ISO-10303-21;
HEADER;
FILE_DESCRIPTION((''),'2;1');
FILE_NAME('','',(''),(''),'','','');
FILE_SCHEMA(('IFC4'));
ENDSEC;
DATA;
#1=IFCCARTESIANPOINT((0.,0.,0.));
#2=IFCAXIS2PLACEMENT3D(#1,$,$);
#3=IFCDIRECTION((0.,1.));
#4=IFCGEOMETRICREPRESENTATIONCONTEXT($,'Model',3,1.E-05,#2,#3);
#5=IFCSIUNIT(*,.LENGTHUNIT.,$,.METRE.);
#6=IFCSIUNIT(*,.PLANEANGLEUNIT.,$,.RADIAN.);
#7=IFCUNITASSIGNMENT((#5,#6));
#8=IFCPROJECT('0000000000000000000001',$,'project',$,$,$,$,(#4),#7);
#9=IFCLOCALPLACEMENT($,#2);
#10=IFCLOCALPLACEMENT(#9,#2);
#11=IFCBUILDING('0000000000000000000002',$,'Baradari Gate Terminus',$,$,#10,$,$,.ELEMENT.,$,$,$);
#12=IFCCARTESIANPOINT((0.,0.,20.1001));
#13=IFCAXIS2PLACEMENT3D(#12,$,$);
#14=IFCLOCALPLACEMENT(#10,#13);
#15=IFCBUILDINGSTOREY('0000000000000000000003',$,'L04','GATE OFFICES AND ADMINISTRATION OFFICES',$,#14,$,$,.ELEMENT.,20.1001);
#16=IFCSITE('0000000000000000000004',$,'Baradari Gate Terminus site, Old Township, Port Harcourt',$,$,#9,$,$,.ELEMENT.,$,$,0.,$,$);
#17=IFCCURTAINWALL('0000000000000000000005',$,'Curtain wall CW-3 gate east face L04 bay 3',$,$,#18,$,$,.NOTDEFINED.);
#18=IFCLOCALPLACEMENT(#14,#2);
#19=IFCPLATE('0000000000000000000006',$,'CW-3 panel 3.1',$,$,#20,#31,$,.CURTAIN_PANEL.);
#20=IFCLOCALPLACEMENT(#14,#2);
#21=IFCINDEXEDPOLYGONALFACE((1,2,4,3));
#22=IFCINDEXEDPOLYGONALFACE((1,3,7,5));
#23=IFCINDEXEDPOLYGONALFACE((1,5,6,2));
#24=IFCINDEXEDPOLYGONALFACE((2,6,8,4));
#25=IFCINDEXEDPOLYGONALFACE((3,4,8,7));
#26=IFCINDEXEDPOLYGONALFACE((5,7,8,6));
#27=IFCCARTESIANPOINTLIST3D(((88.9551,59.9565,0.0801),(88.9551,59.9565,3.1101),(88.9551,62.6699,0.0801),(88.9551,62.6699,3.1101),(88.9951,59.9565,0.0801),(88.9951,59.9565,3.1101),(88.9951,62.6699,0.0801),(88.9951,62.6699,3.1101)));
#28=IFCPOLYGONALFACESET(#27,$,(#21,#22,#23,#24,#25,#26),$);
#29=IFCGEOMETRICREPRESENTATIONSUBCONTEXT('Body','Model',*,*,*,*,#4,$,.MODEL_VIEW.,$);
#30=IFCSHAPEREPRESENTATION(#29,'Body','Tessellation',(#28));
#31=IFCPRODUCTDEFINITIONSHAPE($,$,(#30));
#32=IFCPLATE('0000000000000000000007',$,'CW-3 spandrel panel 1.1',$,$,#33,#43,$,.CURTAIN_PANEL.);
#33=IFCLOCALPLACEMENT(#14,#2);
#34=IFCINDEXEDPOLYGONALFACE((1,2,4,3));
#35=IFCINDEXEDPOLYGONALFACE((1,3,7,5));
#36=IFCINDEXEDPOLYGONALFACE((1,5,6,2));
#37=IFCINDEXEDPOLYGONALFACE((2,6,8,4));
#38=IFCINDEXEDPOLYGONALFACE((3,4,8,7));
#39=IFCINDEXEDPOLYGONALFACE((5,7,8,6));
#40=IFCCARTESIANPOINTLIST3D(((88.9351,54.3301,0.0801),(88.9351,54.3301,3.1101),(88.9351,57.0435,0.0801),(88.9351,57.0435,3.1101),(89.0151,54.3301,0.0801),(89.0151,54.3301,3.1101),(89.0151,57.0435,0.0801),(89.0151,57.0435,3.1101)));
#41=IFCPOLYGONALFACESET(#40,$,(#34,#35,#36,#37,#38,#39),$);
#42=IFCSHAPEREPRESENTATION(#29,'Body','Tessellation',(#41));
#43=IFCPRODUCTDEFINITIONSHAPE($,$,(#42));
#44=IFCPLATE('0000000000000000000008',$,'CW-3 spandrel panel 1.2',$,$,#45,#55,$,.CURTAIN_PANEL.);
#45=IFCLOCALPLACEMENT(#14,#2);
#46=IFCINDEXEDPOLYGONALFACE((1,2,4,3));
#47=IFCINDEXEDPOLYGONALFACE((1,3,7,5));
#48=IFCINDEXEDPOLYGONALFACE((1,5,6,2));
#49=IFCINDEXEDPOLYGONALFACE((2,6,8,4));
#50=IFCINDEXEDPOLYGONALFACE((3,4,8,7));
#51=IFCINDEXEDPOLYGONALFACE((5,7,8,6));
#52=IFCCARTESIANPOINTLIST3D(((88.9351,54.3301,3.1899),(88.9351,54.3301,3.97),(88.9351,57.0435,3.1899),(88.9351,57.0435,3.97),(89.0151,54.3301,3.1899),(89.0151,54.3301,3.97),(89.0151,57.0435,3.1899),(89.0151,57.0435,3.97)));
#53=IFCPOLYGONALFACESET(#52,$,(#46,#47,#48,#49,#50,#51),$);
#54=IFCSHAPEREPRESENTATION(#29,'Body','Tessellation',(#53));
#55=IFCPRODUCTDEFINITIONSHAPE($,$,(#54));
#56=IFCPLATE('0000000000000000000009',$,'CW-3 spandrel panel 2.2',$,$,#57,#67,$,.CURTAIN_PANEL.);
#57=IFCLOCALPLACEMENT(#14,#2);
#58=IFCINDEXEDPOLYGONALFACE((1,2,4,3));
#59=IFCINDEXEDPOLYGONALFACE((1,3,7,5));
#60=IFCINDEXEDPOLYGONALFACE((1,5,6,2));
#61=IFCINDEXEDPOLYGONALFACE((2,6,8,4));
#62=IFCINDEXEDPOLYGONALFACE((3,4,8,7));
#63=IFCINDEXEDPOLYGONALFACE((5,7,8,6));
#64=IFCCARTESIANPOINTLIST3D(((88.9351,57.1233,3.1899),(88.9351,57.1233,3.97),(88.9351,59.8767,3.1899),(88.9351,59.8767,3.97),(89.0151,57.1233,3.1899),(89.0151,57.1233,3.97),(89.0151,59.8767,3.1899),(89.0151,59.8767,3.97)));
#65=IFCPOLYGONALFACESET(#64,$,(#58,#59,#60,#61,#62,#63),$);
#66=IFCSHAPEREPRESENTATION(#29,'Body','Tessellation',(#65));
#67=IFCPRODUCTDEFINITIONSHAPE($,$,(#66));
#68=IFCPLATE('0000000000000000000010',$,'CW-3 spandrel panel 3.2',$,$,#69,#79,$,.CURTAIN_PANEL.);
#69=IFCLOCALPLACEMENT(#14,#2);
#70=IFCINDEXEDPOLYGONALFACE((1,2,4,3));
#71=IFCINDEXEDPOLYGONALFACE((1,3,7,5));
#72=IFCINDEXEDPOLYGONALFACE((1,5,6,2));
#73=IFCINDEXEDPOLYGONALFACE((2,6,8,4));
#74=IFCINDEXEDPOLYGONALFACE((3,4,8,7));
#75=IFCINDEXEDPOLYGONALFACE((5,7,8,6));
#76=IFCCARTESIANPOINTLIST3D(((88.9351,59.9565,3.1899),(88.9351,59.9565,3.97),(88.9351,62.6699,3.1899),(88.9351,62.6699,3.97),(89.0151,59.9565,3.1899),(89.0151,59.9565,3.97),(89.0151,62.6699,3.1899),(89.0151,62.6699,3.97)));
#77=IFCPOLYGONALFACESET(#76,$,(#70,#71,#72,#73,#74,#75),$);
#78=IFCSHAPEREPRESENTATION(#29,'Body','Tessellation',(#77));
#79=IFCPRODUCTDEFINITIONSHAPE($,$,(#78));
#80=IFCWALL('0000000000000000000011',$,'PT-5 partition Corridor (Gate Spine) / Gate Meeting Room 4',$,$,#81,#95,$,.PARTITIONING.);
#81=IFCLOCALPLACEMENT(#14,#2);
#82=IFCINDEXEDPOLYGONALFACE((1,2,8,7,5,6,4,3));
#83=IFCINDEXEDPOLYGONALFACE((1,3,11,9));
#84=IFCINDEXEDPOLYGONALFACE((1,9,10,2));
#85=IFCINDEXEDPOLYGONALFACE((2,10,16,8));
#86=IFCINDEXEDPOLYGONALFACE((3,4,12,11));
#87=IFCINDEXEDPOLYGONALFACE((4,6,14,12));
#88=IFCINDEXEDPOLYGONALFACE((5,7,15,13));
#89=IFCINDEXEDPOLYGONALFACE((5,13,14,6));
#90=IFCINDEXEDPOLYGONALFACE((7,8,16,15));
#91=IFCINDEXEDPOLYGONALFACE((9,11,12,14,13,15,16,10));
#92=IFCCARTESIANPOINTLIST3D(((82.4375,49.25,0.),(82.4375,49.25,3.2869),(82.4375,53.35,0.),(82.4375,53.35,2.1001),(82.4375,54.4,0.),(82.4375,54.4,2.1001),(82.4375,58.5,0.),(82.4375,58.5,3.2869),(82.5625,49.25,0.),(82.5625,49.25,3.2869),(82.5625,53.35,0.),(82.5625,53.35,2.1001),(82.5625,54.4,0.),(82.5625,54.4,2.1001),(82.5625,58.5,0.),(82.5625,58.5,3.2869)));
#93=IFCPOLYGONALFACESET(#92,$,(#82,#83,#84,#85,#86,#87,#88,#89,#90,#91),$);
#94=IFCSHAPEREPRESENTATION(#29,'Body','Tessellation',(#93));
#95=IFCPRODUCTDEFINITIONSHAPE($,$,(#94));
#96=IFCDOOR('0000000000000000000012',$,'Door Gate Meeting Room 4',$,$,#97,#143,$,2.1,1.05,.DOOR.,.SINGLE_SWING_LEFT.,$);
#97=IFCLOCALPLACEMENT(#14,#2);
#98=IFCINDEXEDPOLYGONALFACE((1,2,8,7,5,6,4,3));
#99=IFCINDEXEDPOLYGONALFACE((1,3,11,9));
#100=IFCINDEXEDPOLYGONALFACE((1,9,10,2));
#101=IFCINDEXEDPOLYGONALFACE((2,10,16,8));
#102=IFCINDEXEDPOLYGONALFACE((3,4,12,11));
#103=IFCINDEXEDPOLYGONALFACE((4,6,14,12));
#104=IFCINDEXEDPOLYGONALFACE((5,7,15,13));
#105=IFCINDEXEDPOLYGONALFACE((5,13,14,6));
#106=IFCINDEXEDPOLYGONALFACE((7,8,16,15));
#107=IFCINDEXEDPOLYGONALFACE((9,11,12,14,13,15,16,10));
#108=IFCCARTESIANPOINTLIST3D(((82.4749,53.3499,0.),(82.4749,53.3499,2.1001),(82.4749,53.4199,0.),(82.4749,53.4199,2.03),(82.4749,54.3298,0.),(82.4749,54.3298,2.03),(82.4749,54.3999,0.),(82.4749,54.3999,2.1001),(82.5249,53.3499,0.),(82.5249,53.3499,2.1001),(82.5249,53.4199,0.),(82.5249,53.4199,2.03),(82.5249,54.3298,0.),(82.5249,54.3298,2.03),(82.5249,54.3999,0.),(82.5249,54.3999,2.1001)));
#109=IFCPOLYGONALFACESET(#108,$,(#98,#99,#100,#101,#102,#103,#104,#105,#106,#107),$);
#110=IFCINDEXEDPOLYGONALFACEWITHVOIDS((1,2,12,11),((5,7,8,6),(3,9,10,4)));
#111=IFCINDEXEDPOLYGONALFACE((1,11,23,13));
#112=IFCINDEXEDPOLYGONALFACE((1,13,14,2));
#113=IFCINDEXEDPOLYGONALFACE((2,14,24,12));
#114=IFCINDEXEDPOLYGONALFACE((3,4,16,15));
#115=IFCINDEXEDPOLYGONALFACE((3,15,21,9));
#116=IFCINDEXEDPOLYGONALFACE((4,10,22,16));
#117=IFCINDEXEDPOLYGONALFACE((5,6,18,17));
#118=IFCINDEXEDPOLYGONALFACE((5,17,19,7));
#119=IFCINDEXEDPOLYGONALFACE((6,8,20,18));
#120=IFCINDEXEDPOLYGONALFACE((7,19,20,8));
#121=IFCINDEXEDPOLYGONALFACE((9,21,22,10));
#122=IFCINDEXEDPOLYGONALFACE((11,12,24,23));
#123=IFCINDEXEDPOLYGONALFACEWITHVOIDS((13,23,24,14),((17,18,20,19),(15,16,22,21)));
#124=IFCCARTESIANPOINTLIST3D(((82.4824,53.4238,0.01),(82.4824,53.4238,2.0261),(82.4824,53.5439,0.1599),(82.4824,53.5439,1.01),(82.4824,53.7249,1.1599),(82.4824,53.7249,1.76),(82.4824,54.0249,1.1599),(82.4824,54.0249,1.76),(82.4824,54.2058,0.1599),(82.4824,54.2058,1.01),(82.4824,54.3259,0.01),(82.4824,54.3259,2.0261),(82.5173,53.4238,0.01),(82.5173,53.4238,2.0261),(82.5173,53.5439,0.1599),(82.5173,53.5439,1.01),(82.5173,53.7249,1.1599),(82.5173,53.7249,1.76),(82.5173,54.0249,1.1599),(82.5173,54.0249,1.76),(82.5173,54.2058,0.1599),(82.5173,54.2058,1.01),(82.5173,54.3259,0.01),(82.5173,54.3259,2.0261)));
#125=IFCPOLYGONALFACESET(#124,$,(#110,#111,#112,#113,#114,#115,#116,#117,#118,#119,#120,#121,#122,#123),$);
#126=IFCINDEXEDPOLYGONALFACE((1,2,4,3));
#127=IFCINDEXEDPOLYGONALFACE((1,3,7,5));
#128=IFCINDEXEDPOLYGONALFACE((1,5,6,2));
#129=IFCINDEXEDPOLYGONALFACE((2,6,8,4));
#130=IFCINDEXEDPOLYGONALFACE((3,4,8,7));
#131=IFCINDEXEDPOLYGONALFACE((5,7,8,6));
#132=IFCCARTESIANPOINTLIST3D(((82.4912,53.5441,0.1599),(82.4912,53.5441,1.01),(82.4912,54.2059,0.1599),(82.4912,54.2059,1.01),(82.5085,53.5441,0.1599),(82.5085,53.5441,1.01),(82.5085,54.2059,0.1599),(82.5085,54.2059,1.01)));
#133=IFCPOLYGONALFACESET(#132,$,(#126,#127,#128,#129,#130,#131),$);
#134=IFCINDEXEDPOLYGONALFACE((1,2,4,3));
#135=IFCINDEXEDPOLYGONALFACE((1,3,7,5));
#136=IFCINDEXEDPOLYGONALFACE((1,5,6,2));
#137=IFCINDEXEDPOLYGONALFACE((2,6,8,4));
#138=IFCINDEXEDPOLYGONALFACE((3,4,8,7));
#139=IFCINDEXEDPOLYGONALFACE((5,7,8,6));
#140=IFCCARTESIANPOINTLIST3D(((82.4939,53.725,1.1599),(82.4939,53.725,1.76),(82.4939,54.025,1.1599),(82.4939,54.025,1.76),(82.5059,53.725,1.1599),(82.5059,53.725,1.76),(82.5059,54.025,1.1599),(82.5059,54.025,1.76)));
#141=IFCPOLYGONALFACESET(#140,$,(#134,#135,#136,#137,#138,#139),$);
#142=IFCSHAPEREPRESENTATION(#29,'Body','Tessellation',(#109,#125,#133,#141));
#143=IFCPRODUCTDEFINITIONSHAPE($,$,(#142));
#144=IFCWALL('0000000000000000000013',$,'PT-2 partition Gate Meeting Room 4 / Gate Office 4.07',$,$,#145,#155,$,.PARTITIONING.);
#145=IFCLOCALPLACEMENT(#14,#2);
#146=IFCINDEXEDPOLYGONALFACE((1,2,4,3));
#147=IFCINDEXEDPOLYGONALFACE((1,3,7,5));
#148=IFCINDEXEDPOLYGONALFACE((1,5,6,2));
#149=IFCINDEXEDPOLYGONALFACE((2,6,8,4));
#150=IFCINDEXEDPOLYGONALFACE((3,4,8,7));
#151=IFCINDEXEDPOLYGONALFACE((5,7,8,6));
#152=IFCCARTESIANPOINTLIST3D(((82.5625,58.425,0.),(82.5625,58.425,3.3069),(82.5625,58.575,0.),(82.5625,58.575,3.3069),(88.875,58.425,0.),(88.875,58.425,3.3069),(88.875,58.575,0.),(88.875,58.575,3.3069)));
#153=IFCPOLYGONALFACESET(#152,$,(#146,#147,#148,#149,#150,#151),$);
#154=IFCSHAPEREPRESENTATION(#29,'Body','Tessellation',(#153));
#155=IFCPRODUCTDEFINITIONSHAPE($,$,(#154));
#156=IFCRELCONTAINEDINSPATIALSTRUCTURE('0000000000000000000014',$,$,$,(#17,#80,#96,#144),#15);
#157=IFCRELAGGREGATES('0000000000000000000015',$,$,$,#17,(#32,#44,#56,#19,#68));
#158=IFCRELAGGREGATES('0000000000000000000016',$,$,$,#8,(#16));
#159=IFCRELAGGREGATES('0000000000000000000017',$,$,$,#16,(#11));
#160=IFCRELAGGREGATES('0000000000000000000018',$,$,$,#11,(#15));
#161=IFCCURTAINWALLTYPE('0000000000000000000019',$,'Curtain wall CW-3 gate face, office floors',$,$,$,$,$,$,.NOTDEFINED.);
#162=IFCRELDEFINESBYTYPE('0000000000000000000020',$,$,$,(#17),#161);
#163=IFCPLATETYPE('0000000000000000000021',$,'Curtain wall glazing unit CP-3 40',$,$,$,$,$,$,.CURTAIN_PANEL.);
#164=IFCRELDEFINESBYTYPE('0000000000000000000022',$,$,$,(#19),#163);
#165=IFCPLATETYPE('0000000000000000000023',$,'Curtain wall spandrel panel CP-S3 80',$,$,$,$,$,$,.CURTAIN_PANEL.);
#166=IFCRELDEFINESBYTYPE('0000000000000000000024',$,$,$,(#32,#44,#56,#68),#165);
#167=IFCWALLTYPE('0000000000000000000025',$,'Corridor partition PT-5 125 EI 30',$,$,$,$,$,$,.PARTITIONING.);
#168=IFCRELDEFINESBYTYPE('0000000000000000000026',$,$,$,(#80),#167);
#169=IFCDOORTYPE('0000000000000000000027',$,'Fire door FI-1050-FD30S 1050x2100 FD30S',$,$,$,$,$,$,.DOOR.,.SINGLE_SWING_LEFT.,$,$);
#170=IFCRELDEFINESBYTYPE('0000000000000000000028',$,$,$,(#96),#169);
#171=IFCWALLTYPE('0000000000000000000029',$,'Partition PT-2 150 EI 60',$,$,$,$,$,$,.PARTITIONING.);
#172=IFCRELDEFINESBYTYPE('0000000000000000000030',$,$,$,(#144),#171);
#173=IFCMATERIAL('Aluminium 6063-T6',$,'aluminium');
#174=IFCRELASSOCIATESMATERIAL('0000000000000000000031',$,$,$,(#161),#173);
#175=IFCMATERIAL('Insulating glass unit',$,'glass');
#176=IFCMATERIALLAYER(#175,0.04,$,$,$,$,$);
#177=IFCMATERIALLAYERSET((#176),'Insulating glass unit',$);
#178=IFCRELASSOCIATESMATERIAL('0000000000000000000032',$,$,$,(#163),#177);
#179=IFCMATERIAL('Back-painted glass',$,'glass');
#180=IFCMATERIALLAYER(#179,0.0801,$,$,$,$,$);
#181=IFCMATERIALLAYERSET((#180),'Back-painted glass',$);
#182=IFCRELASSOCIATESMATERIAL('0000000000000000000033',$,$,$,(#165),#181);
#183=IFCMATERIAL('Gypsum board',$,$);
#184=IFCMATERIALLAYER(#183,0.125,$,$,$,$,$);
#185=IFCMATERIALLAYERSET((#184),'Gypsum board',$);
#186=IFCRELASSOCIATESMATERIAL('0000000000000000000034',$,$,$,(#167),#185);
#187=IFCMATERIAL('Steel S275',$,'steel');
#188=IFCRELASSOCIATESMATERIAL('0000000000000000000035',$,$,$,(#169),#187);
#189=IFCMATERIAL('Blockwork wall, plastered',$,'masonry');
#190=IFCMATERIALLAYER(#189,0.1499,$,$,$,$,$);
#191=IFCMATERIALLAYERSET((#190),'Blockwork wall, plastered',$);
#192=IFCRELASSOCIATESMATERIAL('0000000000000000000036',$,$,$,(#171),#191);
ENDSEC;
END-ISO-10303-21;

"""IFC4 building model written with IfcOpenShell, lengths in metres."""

from ifc_helpers import new_model, si_unit, direction, frame, frame_2d, origin, origin_2d, place, context, subcontext, project, spatial, polyline, rectangle, outline, extrude, material, layer, layer_set, type_object, element, fill, aggregate, save


model = new_model("IFC4")

# Units and contexts
model_context = context("Model", 3, precision=1e-05, world=origin(), true_north=direction((0.0, 1.0)))
body_context = subcontext(model_context, "Body", "Model", "MODEL_VIEW")
ifc_project = project(units=[si_unit("LENGTHUNIT", "METRE"), si_unit("PLANEANGLEUNIT", "RADIAN")], contexts=[model_context])

# Site, building, storey
site_placement = place(None, origin())
site = spatial("IfcSite", under=ifc_project, at=site_placement, Name="Baradari Gate Terminus site, Old Township, Port Harcourt", CompositionType="ELEMENT", RefElevation=0.0)
building_placement = place(site_placement, origin())
building = spatial("IfcBuilding", under=site, at=building_placement, Name="Baradari Gate Terminus", CompositionType="ELEMENT")
storey_placement = place(building_placement, frame((0.0, 0.0, 20.1001)))
storey = spatial("IfcBuildingStorey", under=building, at=storey_placement, Name="L04", Description="GATE OFFICES AND ADMINISTRATION OFFICES", CompositionType="ELEMENT", Elevation=20.1001)

# Curtain wall, plates
ifc_material_1 = material(Name="Aluminium 6063-T6", Category="aluminium")
curtain_wall_type = type_object("IfcCurtainWallType", Name="Curtain wall CW-3 gate face, office floors", PredefinedType="NOTDEFINED", material=ifc_material_1)
curtain_wall_placement = place(storey_placement, origin())
curtain_wall = element("IfcCurtainWall", 1, at=curtain_wall_placement, inside=storey, type_object=curtain_wall_type, Name="Curtain wall CW-3 gate east face L04 bay 3", PredefinedType="NOTDEFINED")
ifc_material_2 = material(Name="Insulating glass unit", Category="glass")
ifc_layer_1 = layer(ifc_material_2, 0.04)
ifc_layer_set_1 = layer_set([ifc_layer_1], Name="Insulating glass unit")
plate_type_1 = type_object("IfcPlateType", Name="Curtain wall glazing unit CP-3 40", PredefinedType="CURTAIN_PANEL", material=ifc_layer_set_1)
plate_1_placement = place(storey_placement, frame((88.9751, 61.3132, 0.0801), z_axis=(0.0, 0.0, 1.0), x_axis=(0.0, 1.0, 0.0)))
plate_1 = element("IfcPlate", 2, at=plate_1_placement, type_object=plate_type_1, Name="CW-3 panel 3.1", PredefinedType="CURTAIN_PANEL", context=body_context, shape_type="SweptSolid", body=[
    extrude(rectangle(XDim=2.7134, YDim=0.04, at=origin_2d()), origin(), (0.0, 0.0, 1.0), 3.03),
])
ifc_material_3 = material(Name="Back-painted glass", Category="glass")
ifc_layer_2 = layer(ifc_material_3, 0.0801)
ifc_layer_set_2 = layer_set([ifc_layer_2], Name="Back-painted glass")
plate_type_2 = type_object("IfcPlateType", Name="Curtain wall spandrel panel CP-S3 80", PredefinedType="CURTAIN_PANEL", material=ifc_layer_set_2)
plate_2_placement = place(storey_placement, frame((88.9751, 55.6868, 0.0801), z_axis=(0.0, 0.0, 1.0), x_axis=(0.0, 1.0, 0.0)))
plate_2 = element("IfcPlate", 3, at=plate_2_placement, type_object=plate_type_2, Name="CW-3 spandrel panel 1.1", PredefinedType="CURTAIN_PANEL", context=body_context, shape_type="SweptSolid", body=[
    extrude(rectangle(XDim=2.7134, YDim=0.0801, at=origin_2d()), origin(), (0.0, 0.0, 1.0), 3.03),
])
plate_3_placement = place(storey_placement, frame((88.9751, 55.6868, 3.1899), z_axis=(0.0, 0.0, 1.0), x_axis=(0.0, 1.0, 0.0)))
plate_3 = element("IfcPlate", 4, at=plate_3_placement, type_object=plate_type_2, Name="CW-3 spandrel panel 1.2", PredefinedType="CURTAIN_PANEL", context=body_context, shape_type="SweptSolid", body=[
    extrude(rectangle(XDim=2.7134, YDim=0.0801, at=origin_2d()), origin(), (0.0, 0.0, 1.0), 0.78),
])
plate_4_placement = place(storey_placement, frame((88.9751, 58.5, 3.1899), z_axis=(0.0, 0.0, 1.0), x_axis=(0.0, 1.0, 0.0)))
plate_4 = element("IfcPlate", 5, at=plate_4_placement, type_object=plate_type_2, Name="CW-3 spandrel panel 2.2", PredefinedType="CURTAIN_PANEL", context=body_context, shape_type="SweptSolid", body=[
    extrude(rectangle(XDim=2.7534, YDim=0.0801, at=origin_2d()), origin(), (0.0, 0.0, 1.0), 0.78),
])
plate_5_placement = place(storey_placement, frame((88.9751, 61.3132, 3.1899), z_axis=(0.0, 0.0, 1.0), x_axis=(0.0, 1.0, 0.0)))
plate_5 = element("IfcPlate", 6, at=plate_5_placement, type_object=plate_type_2, Name="CW-3 spandrel panel 3.2", PredefinedType="CURTAIN_PANEL", context=body_context, shape_type="SweptSolid", body=[
    extrude(rectangle(XDim=2.7134, YDim=0.0801, at=origin_2d()), origin(), (0.0, 0.0, 1.0), 0.78),
])
aggregate(curtain_wall, [plate_2, plate_3, plate_4, plate_1, plate_5])

# Wall, opening, door
ifc_material_4 = material(Name="Gypsum board")
ifc_layer_3 = layer(ifc_material_4, 0.125)
ifc_layer_set_3 = layer_set([ifc_layer_3], Name="Gypsum board")
wall_type_1 = type_object("IfcWallType", Name="Corridor partition PT-5 125 EI 30", PredefinedType="PARTITIONING", material=ifc_layer_set_3)
wall_1_placement = place(storey_placement, frame((82.5, 58.5, 0.0), z_axis=(0.0, 0.0, 1.0), x_axis=(0.0, -1.0, 0.0)))
wall_1 = element("IfcWall", 7, at=wall_1_placement, inside=storey, type_object=wall_type_1, Name="PT-5 partition Corridor (Gate Spine) / Gate Meeting Room 4", PredefinedType="PARTITIONING", context=body_context, shape_type="SweptSolid", body=[
    extrude(rectangle(XDim=9.25, YDim=0.125, at=frame_2d((4.625, 0.0))), origin(), (0.0, 0.0, 1.0), 3.2869),
])
opening_placement = place(wall_1_placement, frame((4.1001, 0.0, 0.0)))
opening = element("IfcOpeningElement", 8, at=opening_placement, cuts=wall_1, PredefinedType="OPENING", context=body_context, shape_type="SweptSolid", body=[
    extrude(rectangle(XDim=1.05, YDim=2.1001, at=frame_2d((0.5249, 1.05))), frame((0.0, 0.0725, 0.0), z_axis=(0.0, -1.0, 0.0), x_axis=(1.0, 0.0, 0.0)), (0.0, 0.0, 1.0), 0.145),
])
ifc_material_5 = material(Name="Steel S275", Category="steel")
door_type = type_object("IfcDoorType", Name="Fire door FI-1050-FD30S 1050x2100 FD30S", OperationType="SINGLE_SWING_LEFT", PredefinedType="DOOR", material=ifc_material_5)
door_placement = place(opening_placement, origin())
door = element("IfcDoor", 9, at=door_placement, inside=storey, type_object=door_type, Name="Door Gate Meeting Room 4", OperationType="SINGLE_SWING_LEFT", OverallHeight=2.1, OverallWidth=1.05, PredefinedType="DOOR", context=body_context, shape_type="SweptSolid", body=[
    extrude(outline(polyline([(0.0, 0.0), (0.0701, 0.0), (0.0701, 2.03), (0.98, 2.03), (0.98, 0.0), (1.05, 0.0), (1.05, 2.1001), (0.0, 2.1001), (0.0, 0.0)])), frame((0.0, 0.0249, 0.0), z_axis=(0.0, -1.0, 0.0), x_axis=(1.0, 0.0, 0.0)), (0.0, 0.0, 1.0), 0.05),
    extrude(outline(polyline([(0.074, 0.01), (0.9761, 0.01), (0.9761, 2.0261), (0.074, 2.0261), (0.074, 0.01)]), holes=[polyline([(0.1941, 0.1599), (0.856, 0.1599), (0.856, 1.01), (0.1941, 1.01), (0.1941, 0.1599)]), polyline([(0.375, 1.1599), (0.675, 1.1599), (0.675, 1.76), (0.375, 1.76), (0.375, 1.1599)])]), frame((0.0, 0.0173, 0.0), z_axis=(0.0, -1.0, 0.0), x_axis=(1.0, 0.0, 0.0)), (0.0, 0.0, 1.0), 0.0349),
    extrude(rectangle(XDim=0.6619, YDim=0.8501, at=frame_2d((0.5249, 0.585))), frame((0.0, 0.0085, 0.0), z_axis=(0.0, -1.0, 0.0), x_axis=(1.0, 0.0, 0.0)), (0.0, 0.0, 1.0), 0.0173),
    extrude(rectangle(XDim=0.3, YDim=0.6001, at=frame_2d((0.5249, 1.46))), frame((0.0, 0.0059, 0.0), z_axis=(0.0, -1.0, 0.0), x_axis=(1.0, 0.0, 0.0)), (0.0, 0.0, 1.0), 0.012),
])
fill(opening, door)

# Wall
ifc_material_6 = material(Name="Blockwork wall, plastered", Category="masonry")
ifc_layer_4 = layer(ifc_material_6, 0.1499)
ifc_layer_set_4 = layer_set([ifc_layer_4], Name="Blockwork wall, plastered")
wall_type_2 = type_object("IfcWallType", Name="Partition PT-2 150 EI 60", PredefinedType="PARTITIONING", material=ifc_layer_set_4)
wall_2_placement = place(storey_placement, frame((82.5625, 58.5, 0.0), z_axis=(0.0, 0.0, 1.0), x_axis=(1.0, 0.0, 0.0)))
element("IfcWall", 10, at=wall_2_placement, inside=storey, type_object=wall_type_2, Name="PT-2 partition Gate Meeting Room 4 / Gate Office 4.07", PredefinedType="PARTITIONING", context=body_context, shape_type="SweptSolid", body=[
    extrude(rectangle(XDim=6.3125, YDim=0.1499, at=frame_2d((3.1562, 0.0))), origin(), (0.0, 0.0, 1.0), 3.3069),
])

save(model, "model.ifc")
